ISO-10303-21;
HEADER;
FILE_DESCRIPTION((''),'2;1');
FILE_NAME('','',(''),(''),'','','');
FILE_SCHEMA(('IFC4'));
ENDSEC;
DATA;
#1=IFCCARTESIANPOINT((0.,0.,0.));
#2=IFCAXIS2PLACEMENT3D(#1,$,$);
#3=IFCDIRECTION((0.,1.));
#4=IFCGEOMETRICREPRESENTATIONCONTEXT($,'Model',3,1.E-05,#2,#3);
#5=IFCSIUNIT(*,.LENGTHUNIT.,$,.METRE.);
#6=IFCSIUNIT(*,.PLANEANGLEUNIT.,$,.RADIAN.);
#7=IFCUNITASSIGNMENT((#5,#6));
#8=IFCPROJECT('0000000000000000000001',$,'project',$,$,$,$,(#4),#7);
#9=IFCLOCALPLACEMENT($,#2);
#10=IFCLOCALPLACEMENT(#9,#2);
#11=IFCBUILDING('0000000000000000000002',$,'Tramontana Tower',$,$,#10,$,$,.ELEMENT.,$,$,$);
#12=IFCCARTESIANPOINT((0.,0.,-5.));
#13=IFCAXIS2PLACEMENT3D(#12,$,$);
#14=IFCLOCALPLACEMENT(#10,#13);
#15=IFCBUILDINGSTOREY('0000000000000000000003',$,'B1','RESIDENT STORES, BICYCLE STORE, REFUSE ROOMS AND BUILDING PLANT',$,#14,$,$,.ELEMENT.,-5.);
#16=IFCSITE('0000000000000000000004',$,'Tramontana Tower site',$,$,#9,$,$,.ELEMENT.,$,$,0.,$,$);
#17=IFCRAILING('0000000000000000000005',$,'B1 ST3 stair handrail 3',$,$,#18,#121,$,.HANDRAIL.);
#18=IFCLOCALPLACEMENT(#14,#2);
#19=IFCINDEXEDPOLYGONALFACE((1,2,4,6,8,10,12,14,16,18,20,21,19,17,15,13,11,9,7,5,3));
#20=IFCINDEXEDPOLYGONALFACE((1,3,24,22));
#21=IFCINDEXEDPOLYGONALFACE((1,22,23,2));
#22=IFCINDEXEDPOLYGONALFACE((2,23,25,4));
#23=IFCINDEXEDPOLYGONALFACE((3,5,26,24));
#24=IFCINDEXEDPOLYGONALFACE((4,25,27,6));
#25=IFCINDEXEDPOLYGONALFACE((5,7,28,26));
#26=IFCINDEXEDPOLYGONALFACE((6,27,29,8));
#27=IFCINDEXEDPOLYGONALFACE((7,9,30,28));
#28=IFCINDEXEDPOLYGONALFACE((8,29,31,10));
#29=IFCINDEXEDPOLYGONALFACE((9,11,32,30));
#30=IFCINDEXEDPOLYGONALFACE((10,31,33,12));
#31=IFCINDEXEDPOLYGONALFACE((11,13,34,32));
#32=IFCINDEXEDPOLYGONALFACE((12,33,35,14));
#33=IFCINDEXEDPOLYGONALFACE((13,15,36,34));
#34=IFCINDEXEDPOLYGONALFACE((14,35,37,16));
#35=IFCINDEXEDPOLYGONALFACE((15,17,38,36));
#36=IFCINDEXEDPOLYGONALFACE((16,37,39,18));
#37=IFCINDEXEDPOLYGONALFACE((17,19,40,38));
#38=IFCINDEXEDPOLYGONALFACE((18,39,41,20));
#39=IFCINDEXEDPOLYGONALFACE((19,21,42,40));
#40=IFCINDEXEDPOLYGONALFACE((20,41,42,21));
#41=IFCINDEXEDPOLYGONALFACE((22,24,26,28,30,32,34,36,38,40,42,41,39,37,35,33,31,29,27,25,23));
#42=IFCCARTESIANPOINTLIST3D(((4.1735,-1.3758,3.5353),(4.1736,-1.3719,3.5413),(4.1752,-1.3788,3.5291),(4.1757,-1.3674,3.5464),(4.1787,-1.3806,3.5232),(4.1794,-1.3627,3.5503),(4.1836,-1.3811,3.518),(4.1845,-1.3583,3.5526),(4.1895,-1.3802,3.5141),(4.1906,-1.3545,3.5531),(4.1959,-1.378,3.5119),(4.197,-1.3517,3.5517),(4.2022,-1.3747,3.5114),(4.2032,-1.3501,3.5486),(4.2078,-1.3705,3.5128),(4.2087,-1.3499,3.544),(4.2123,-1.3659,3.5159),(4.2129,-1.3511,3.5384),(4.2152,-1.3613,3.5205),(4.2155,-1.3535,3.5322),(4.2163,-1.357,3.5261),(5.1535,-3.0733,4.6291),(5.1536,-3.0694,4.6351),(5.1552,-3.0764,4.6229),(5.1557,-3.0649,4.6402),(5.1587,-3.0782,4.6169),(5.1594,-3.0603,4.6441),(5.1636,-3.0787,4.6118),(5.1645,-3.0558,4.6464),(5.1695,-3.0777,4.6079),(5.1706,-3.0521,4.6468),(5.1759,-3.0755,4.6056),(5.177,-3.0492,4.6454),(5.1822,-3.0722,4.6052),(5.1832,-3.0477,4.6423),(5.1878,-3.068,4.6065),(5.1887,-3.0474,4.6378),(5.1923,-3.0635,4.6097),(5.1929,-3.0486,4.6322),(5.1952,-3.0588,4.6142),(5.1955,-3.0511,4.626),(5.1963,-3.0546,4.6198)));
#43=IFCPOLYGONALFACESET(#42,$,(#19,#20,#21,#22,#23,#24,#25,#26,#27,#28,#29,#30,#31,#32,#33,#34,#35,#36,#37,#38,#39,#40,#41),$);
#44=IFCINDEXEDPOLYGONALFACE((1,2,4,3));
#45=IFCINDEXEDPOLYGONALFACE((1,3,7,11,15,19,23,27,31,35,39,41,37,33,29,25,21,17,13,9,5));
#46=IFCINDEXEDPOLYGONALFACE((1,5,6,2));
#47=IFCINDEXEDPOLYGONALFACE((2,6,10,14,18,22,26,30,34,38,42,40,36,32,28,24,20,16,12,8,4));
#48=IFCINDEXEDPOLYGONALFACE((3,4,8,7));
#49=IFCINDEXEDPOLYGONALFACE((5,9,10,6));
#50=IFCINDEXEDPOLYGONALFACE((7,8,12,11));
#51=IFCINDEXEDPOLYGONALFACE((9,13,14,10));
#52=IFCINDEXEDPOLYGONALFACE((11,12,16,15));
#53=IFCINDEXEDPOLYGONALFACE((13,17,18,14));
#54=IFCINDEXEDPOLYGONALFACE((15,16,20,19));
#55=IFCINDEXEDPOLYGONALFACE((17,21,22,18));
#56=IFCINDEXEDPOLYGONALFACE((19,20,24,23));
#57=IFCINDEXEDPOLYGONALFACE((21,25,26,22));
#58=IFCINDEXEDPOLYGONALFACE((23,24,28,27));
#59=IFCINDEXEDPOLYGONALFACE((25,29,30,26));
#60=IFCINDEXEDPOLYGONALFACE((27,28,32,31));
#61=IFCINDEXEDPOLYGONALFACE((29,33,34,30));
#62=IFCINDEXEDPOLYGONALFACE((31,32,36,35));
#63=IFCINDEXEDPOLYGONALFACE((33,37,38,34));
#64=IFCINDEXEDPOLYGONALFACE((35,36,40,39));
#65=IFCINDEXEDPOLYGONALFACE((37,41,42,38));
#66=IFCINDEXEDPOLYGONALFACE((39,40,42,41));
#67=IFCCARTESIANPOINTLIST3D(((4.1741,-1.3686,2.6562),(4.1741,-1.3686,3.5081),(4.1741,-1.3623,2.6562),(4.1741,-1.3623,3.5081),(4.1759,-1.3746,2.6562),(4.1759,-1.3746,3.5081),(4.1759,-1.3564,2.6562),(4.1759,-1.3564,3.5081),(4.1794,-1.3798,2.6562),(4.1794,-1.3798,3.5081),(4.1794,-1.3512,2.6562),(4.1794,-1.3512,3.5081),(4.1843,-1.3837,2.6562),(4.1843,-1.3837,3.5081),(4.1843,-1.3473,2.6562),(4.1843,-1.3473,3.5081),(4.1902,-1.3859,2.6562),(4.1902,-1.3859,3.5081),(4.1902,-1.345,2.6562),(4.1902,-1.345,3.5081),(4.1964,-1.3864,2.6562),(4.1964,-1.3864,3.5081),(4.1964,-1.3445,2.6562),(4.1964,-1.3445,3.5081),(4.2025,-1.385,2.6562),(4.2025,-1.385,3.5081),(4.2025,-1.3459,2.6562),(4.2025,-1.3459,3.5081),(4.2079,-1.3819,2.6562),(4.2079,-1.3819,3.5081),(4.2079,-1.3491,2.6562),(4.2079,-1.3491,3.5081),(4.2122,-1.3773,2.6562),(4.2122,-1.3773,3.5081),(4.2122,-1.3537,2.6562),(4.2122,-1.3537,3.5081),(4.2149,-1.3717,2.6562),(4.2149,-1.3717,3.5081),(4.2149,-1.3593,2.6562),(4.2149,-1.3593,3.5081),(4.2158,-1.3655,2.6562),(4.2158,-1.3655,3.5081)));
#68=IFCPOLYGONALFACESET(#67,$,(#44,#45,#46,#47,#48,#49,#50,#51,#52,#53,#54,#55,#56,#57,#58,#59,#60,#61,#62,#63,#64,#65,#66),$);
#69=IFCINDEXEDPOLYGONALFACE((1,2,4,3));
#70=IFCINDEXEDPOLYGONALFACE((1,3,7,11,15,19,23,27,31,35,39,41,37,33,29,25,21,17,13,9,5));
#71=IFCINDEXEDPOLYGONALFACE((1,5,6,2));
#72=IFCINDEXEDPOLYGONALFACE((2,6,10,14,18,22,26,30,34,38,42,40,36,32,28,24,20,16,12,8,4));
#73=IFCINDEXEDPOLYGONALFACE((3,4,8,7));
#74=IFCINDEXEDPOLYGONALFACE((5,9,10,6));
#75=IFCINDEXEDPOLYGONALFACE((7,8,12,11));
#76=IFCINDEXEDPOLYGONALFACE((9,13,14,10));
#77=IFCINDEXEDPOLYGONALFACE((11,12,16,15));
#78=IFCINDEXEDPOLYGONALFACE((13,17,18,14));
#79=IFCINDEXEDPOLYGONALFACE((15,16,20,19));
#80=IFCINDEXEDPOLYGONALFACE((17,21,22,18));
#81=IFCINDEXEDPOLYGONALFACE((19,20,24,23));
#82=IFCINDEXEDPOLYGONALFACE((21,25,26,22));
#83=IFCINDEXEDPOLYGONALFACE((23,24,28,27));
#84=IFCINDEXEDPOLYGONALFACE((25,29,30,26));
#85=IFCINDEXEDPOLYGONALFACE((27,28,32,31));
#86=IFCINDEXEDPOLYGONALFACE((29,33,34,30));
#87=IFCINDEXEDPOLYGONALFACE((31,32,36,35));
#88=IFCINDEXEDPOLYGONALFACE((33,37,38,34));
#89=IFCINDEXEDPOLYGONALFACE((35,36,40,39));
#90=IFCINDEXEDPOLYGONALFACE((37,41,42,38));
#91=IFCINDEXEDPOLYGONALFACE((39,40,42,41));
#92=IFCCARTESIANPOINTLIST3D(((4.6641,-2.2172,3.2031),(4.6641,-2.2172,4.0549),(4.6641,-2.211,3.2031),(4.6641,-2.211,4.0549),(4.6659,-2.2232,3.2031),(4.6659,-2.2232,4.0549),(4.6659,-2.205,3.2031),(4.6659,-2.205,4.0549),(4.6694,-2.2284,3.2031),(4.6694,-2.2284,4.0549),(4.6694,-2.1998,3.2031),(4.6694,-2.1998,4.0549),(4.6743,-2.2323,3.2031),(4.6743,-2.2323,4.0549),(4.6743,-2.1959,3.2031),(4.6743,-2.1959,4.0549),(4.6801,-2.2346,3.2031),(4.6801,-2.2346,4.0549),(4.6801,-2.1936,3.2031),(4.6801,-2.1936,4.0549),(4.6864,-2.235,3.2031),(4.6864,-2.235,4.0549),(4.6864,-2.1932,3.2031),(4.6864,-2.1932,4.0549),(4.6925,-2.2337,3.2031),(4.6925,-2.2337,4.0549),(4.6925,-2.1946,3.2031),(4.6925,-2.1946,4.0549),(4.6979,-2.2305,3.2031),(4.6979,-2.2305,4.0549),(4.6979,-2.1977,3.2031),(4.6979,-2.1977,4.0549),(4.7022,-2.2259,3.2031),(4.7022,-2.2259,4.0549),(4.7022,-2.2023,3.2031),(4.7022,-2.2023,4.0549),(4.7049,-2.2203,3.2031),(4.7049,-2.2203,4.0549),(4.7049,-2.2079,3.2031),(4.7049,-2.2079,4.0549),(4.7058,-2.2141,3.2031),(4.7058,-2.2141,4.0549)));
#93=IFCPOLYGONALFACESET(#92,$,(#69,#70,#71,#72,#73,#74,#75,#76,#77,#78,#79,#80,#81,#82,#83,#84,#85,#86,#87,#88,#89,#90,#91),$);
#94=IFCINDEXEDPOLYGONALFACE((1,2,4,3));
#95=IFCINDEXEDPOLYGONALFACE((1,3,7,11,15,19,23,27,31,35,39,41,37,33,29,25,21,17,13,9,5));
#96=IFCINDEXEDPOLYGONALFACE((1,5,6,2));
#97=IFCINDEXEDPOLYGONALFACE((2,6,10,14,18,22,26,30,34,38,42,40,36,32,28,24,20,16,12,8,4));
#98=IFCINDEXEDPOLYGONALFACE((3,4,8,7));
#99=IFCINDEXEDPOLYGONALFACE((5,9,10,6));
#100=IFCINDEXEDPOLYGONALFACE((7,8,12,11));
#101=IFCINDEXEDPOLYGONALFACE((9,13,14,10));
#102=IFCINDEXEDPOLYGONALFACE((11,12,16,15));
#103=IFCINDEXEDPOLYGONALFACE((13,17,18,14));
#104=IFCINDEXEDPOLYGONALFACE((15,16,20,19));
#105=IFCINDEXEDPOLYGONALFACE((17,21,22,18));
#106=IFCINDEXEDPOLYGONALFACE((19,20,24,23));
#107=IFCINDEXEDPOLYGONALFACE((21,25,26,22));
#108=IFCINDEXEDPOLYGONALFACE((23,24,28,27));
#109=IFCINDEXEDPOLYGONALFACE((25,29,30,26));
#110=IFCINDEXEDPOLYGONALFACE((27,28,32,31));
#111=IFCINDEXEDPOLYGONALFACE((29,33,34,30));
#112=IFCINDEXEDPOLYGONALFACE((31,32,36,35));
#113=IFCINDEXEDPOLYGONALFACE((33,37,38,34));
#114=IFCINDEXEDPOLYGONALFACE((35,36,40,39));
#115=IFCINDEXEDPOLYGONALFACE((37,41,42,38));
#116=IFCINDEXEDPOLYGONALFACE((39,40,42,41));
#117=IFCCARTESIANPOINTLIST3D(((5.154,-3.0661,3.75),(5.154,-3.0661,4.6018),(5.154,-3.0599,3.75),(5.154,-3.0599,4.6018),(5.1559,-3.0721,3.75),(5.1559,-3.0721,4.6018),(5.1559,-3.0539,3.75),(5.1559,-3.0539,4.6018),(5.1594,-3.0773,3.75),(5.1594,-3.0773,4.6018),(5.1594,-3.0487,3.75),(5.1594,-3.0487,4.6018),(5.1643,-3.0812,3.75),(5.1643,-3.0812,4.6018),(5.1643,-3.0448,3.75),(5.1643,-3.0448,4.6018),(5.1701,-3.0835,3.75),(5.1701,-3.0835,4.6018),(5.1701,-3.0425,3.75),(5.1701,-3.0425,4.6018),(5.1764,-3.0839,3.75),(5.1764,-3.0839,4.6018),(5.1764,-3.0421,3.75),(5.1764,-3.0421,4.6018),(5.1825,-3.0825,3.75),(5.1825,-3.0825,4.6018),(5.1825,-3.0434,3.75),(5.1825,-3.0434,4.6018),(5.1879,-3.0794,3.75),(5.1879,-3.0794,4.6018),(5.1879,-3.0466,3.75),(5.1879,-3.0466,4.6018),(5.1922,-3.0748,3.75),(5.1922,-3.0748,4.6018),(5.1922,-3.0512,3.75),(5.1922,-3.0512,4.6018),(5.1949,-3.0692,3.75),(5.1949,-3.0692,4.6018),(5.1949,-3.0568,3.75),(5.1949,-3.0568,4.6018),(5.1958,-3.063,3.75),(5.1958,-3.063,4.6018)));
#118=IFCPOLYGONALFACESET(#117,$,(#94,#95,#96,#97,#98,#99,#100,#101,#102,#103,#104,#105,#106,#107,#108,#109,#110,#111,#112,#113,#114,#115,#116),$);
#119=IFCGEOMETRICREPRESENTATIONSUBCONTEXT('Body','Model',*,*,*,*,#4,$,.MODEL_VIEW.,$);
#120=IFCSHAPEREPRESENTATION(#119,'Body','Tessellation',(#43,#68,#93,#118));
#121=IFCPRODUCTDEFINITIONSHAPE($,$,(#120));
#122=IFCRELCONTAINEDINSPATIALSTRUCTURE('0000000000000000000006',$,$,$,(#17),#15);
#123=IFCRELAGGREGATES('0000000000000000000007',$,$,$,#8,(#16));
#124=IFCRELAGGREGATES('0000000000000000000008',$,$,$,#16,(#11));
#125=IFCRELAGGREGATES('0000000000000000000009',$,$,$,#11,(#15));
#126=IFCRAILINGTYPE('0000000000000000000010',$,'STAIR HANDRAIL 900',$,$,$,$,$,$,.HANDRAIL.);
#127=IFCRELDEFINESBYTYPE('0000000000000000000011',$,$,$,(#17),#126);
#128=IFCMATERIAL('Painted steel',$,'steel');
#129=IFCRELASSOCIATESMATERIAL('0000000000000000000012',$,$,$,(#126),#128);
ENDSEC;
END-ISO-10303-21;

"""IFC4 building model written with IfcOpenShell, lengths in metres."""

from ifc_helpers import new_model, si_unit, direction, frame, origin, origin_2d, place, context, subcontext, project, spatial, circle, extrude, material, type_object, element, save


model = new_model("IFC4")

# Units and contexts
model_context = context("Model", 3, precision=1e-05, world=origin(), true_north=direction((0.0, 1.0)))
body_context = subcontext(model_context, "Body", "Model", "MODEL_VIEW")
ifc_project = project(units=[si_unit("LENGTHUNIT", "METRE"), si_unit("PLANEANGLEUNIT", "RADIAN")], contexts=[model_context])

# Site, building, storey
site_placement = place(None, origin())
site = spatial("IfcSite", under=ifc_project, at=site_placement, Name="Tramontana Tower site", CompositionType="ELEMENT", RefElevation=0.0)
building_placement = place(site_placement, origin())
building = spatial("IfcBuilding", under=site, at=building_placement, Name="Tramontana Tower", CompositionType="ELEMENT")
storey_placement = place(building_placement, frame((0.0, 0.0, -5.0)))
storey = spatial("IfcBuildingStorey", under=building, at=storey_placement, Name="B1", Description="RESIDENT STORES, BICYCLE STORE, REFUSE ROOMS AND BUILDING PLANT", CompositionType="ELEMENT", Elevation=-5.0)

# Railing
ifc_material_1 = material(Name="Painted steel", Category="steel")
railing_type_1 = type_object("IfcRailingType", Name="STAIR HANDRAIL 900", PredefinedType="HANDRAIL", material=ifc_material_1)
railing_1_placement = place(storey_placement, frame((4.1948, -1.3655, 2.6562)))
element("IfcRailing", 1, at=railing_1_placement, inside=storey, type_object=railing_type_1, Name="B1 ST3 stair handrail 3", PredefinedType="HANDRAIL", context=body_context, shape_type="SweptSolid", body=[
    extrude(circle(Radius=0.0239, at=origin_2d()), frame((0.0, 0.0, 0.876), z_axis=(0.436596, -0.756267, 0.487282), x_axis=(0.866042, 0.49997, 0.0)), (0.0, 0.0, 1.0), 2.2446),
    extrude(circle(Radius=0.021, at=origin_2d()), origin(), (0.0, 0.0, 1.0), 0.8518),
    extrude(circle(Radius=0.021, at=origin_2d()), frame((0.49, -0.8486, 0.5469)), (0.0, 0.0, 1.0), 0.8518),
    extrude(circle(Radius=0.021, at=origin_2d()), frame((0.98, -1.6975, 1.0938)), (0.0, 0.0, 1.0), 0.8518),
])

save(model, "model.ifc")
